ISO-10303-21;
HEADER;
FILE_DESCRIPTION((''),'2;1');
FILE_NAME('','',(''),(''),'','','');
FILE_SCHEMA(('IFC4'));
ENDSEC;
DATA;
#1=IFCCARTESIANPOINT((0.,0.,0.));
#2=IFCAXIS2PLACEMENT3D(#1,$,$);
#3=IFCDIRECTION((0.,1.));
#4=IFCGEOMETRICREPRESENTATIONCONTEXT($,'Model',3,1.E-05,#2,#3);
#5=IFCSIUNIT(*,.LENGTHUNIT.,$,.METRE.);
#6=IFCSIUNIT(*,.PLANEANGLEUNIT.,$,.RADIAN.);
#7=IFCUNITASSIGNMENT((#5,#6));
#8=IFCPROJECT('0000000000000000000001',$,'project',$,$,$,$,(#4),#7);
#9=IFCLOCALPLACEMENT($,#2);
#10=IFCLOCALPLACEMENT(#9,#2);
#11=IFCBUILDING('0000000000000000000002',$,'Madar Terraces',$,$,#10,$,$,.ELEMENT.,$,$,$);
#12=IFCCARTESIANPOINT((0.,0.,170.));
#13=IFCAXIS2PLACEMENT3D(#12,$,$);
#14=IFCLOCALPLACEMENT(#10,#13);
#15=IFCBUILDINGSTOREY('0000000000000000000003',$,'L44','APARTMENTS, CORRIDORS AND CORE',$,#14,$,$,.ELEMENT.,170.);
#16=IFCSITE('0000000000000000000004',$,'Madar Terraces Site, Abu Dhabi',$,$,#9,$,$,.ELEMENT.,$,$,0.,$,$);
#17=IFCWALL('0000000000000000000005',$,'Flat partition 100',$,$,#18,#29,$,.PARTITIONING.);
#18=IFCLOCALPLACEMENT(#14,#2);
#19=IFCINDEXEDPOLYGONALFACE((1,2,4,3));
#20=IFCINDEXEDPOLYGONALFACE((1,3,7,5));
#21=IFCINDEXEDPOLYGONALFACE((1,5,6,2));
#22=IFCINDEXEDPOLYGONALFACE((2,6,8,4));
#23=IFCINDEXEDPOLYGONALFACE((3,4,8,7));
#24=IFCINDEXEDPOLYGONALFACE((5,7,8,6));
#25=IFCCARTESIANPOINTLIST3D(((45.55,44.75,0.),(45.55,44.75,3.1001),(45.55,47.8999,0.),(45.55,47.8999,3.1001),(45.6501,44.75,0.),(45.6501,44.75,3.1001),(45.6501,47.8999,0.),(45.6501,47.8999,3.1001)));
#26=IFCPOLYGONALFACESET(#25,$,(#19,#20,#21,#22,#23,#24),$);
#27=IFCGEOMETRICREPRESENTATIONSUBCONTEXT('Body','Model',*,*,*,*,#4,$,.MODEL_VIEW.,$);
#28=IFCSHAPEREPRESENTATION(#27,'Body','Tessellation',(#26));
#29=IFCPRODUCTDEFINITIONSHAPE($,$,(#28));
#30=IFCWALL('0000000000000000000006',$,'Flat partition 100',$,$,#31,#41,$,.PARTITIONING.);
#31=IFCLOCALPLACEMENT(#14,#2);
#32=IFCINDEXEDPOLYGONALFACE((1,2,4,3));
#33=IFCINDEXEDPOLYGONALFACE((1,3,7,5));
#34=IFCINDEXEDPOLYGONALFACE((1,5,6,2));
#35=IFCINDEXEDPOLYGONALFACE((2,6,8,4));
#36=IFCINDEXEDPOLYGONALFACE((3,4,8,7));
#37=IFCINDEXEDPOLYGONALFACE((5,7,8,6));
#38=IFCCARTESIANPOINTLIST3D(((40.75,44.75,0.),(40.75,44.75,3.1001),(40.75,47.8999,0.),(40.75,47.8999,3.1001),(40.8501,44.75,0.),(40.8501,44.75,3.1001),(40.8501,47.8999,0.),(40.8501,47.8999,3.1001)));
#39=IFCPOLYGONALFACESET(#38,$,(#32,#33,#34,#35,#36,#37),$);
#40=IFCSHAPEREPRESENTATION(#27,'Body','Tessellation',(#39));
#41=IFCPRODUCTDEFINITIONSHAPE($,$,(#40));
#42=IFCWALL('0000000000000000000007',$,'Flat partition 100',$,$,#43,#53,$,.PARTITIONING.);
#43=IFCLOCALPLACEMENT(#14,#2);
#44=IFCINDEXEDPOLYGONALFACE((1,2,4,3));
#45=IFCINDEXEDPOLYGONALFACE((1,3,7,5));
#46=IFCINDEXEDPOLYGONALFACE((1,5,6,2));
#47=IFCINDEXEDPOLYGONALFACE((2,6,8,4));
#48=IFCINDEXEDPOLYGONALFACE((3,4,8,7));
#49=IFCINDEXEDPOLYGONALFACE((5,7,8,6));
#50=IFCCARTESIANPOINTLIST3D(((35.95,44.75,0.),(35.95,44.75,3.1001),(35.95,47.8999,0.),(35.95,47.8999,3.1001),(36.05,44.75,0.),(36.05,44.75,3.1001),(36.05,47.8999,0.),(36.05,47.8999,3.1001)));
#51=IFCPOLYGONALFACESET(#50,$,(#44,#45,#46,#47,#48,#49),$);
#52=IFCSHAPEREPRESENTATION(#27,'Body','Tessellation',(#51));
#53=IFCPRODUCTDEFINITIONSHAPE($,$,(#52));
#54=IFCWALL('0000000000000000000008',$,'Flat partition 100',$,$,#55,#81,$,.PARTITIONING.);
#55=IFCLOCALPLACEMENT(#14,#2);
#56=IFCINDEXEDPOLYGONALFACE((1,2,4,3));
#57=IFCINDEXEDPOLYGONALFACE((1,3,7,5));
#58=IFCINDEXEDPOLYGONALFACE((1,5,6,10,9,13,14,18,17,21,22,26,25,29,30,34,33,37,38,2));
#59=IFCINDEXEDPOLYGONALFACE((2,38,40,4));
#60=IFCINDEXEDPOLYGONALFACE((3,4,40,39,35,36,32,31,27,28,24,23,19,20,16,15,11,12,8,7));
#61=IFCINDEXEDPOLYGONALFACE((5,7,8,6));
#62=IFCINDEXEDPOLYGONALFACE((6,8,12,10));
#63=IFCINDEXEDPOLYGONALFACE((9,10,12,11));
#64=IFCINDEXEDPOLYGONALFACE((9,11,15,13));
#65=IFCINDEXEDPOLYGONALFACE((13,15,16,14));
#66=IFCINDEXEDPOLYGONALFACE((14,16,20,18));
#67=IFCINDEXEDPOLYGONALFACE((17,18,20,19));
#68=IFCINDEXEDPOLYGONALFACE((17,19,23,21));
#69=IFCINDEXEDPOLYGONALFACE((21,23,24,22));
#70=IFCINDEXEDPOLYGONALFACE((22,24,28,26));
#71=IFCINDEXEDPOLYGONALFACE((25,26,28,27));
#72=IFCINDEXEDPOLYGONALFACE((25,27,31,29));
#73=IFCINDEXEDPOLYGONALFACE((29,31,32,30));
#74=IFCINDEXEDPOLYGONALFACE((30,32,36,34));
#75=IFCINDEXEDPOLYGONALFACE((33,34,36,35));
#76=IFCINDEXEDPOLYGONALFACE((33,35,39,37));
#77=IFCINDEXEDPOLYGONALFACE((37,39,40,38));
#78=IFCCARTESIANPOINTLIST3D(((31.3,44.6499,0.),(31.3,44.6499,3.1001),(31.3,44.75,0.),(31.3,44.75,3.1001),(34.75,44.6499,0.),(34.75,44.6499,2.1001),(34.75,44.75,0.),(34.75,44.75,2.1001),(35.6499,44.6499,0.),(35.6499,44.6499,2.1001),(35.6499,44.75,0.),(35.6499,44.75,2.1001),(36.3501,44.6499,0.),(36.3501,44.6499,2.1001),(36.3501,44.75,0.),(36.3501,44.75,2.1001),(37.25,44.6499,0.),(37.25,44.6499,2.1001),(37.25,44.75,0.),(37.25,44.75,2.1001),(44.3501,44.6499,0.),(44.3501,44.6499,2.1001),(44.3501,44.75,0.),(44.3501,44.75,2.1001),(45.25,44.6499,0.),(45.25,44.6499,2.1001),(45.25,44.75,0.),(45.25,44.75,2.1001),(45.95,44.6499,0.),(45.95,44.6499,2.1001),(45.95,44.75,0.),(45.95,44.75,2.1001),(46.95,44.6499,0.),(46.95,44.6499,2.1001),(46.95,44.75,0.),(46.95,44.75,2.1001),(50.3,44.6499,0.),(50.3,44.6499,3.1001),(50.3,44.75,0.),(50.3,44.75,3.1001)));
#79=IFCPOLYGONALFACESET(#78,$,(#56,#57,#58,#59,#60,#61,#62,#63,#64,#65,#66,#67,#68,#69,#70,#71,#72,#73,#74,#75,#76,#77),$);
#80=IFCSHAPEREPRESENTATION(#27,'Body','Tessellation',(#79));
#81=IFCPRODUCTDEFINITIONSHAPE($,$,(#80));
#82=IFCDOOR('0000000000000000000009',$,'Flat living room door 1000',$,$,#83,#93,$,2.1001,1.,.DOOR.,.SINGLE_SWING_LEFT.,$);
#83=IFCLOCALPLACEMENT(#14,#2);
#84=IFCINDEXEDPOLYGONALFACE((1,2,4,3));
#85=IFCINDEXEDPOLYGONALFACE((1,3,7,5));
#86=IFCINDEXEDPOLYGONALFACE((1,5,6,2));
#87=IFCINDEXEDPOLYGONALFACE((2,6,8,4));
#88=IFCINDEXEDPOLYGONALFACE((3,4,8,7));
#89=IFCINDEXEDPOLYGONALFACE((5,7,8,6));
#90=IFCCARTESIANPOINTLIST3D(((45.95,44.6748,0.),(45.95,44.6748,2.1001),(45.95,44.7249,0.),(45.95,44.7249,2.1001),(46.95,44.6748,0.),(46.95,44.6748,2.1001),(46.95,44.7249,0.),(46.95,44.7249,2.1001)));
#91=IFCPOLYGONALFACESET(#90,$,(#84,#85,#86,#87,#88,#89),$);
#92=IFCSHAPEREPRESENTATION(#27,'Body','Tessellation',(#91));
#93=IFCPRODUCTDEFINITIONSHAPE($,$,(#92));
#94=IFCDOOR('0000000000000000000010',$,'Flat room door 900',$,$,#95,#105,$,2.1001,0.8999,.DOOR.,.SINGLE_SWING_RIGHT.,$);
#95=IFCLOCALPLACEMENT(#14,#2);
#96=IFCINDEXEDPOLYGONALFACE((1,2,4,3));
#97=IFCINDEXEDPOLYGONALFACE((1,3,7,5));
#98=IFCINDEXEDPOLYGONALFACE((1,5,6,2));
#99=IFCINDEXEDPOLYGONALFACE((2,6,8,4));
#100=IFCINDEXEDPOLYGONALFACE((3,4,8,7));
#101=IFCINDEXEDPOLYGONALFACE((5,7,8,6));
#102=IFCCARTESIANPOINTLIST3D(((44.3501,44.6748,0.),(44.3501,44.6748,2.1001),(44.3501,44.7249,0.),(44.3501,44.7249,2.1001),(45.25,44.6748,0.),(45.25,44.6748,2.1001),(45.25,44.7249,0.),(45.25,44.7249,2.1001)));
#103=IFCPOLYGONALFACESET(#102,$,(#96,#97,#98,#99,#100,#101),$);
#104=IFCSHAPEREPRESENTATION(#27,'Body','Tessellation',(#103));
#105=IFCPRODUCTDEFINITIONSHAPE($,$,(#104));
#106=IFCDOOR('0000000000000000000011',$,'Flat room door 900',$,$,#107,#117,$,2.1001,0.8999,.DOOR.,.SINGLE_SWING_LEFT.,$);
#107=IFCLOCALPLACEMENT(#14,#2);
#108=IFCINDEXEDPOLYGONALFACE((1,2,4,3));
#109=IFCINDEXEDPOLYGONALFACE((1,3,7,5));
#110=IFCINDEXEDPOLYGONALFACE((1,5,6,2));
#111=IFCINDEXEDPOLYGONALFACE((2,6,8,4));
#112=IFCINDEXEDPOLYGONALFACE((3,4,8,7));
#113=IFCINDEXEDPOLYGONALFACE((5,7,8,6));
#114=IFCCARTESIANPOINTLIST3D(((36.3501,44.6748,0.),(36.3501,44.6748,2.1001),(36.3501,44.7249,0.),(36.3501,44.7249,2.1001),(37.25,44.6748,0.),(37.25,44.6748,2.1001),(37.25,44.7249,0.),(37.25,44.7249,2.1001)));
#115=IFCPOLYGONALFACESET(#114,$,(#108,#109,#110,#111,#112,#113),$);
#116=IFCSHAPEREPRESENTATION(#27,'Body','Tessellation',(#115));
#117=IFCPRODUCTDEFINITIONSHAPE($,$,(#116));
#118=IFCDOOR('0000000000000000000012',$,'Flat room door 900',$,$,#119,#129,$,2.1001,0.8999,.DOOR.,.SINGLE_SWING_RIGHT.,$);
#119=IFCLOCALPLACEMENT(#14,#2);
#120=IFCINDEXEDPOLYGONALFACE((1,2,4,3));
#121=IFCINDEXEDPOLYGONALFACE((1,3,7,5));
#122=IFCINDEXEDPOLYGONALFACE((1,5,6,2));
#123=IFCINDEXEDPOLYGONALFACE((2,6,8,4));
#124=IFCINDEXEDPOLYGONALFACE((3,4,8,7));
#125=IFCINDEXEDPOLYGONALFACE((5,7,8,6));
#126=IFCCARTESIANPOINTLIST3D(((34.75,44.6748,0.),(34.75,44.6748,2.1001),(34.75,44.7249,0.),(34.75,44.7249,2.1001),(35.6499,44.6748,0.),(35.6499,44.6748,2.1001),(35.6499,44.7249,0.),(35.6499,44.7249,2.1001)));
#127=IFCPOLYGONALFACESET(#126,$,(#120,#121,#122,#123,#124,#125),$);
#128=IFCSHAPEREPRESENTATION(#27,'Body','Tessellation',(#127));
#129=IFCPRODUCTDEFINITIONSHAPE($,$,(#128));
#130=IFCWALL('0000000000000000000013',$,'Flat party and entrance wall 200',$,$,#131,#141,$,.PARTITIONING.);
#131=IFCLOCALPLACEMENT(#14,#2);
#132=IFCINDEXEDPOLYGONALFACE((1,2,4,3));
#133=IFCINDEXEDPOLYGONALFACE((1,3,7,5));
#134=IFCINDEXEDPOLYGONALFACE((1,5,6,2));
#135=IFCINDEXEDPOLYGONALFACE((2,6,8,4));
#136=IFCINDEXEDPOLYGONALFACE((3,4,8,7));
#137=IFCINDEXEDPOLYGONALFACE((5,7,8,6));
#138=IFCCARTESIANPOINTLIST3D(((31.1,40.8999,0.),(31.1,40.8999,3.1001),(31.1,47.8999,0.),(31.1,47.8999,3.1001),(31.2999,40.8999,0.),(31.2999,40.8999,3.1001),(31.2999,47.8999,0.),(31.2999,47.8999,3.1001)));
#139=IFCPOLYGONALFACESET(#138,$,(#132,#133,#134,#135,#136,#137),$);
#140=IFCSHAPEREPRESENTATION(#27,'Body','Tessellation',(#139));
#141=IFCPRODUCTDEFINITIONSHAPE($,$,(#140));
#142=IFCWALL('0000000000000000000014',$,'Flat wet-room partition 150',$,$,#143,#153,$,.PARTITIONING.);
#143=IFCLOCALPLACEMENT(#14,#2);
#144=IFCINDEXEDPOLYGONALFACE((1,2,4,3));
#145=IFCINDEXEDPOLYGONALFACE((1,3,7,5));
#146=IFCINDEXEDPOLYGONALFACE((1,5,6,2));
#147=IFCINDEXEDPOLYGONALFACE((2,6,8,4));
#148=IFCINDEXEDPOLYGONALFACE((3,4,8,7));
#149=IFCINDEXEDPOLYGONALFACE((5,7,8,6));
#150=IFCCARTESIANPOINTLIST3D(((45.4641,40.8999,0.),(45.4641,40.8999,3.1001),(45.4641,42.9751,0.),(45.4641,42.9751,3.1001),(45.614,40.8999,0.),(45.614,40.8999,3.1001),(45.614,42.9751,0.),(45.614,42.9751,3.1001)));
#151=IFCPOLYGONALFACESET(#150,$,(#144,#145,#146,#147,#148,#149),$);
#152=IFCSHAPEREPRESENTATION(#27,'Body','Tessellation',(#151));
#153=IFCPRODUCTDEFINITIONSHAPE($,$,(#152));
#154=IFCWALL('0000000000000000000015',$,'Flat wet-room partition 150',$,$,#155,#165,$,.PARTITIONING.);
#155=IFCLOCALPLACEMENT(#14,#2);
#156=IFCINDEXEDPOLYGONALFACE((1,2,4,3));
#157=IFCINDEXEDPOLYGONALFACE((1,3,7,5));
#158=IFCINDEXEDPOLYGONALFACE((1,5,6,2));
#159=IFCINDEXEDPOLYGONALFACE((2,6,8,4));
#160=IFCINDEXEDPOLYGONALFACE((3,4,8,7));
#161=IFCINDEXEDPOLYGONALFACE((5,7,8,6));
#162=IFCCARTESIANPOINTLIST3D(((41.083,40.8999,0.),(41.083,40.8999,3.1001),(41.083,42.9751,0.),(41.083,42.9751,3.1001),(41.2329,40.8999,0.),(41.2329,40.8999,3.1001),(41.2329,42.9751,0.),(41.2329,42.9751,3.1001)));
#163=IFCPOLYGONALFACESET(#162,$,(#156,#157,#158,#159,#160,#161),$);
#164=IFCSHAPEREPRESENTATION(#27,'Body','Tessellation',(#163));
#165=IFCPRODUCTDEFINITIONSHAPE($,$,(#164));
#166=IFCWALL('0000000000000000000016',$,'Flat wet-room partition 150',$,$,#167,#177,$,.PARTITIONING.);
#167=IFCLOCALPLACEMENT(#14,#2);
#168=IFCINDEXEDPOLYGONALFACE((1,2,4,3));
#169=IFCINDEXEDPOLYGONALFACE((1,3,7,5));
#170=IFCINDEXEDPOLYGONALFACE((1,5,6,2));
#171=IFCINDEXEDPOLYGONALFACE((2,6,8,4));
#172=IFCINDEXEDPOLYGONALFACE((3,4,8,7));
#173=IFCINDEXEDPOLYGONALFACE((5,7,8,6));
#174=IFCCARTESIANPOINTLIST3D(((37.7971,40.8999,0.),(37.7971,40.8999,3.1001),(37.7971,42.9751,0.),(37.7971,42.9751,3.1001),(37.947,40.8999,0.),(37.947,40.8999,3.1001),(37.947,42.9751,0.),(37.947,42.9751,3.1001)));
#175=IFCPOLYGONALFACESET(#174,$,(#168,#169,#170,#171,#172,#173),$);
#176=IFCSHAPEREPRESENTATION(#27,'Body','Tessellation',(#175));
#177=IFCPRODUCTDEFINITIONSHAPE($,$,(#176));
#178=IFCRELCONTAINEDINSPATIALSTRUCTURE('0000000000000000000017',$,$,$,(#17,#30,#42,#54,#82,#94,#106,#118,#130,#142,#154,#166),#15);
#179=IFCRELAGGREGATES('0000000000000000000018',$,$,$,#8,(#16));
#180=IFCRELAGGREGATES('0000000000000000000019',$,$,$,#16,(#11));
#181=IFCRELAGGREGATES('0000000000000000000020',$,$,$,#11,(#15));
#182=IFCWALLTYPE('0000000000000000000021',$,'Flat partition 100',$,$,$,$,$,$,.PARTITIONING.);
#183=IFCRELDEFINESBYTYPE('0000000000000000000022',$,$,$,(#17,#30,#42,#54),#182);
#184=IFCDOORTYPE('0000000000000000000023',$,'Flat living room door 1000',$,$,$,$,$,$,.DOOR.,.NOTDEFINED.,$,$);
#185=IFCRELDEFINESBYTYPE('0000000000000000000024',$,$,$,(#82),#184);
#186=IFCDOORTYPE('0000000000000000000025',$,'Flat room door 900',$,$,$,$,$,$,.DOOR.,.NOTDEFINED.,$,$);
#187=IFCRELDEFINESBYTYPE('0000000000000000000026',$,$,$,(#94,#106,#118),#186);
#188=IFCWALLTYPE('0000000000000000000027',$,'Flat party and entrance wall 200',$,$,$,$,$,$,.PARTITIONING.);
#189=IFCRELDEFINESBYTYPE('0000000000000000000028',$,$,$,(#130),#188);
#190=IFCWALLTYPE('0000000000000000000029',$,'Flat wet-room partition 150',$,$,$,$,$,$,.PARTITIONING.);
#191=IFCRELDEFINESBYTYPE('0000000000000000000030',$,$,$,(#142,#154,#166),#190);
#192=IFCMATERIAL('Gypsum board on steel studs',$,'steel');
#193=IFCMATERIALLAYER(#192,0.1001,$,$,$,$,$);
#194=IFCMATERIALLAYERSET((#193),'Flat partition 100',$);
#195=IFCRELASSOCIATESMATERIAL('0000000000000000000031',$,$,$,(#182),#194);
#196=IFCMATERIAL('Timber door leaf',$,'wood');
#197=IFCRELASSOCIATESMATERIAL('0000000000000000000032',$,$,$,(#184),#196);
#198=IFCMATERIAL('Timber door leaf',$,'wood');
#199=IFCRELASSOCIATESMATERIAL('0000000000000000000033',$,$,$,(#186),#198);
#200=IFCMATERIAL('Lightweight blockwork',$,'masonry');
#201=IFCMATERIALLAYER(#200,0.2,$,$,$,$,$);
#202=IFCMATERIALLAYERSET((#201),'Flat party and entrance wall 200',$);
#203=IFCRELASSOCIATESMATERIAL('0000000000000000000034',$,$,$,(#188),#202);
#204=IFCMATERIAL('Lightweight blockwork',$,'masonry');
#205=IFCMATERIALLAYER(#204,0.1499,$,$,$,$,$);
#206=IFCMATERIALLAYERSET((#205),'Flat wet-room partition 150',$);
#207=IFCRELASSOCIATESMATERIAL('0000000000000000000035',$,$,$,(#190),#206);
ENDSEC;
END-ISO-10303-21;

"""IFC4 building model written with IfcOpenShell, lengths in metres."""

from ifc_helpers import new_model, si_unit, direction, frame, frame_2d, origin, place, context, subcontext, project, spatial, rectangle, extrude, material, layer, layer_set, type_object, element, fill, save


model = new_model("IFC4")

# Units and contexts
model_context = context("Model", 3, precision=1e-05, world=origin(), true_north=direction((0.0, 1.0)))
body_context = subcontext(model_context, "Body", "Model", "MODEL_VIEW")
ifc_project = project(units=[si_unit("LENGTHUNIT", "METRE"), si_unit("PLANEANGLEUNIT", "RADIAN")], contexts=[model_context])

# Site, building, storey
site_placement = place(None, origin())
site = spatial("IfcSite", under=ifc_project, at=site_placement, Name="Madar Terraces Site, Abu Dhabi", CompositionType="ELEMENT", RefElevation=0.0)
building_placement = place(site_placement, origin())
building = spatial("IfcBuilding", under=site, at=building_placement, Name="Madar Terraces", CompositionType="ELEMENT")
storey_placement = place(building_placement, frame((0.0, 0.0, 170.0)))
storey = spatial("IfcBuildingStorey", under=building, at=storey_placement, Name="L44", Description="APARTMENTS, CORRIDORS AND CORE", CompositionType="ELEMENT", Elevation=170.0)

# Walls
ifc_material_1 = material(Name="Gypsum board on steel studs", Category="steel")
ifc_layer_1 = layer(ifc_material_1, 0.1001)
ifc_layer_set_1 = layer_set([ifc_layer_1], Name="Flat partition 100")
wall_type_1 = type_object("IfcWallType", Name="Flat partition 100", PredefinedType="PARTITIONING", material=ifc_layer_set_1)
for number, where, z_axis, x_axis, name in (
    (1, (45.6001, 44.75, 0.0), (0.0, 0.0, 1.0), (0.0, 1.0, 0.0), "Flat partition 100"),
    (2, (40.8, 44.75, 0.0), (0.0, 0.0, 1.0), (0.0, 1.0, 0.0), "Flat partition 100"),
    (3, (36.0, 44.75, 0.0), (0.0, 0.0, 1.0), (0.0, 1.0, 0.0), "Flat partition 100"),
):
    element("IfcWall", number, at=place(storey_placement, frame(where, z_axis=z_axis, x_axis=x_axis)), inside=storey, type_object=wall_type_1, Name=name, PredefinedType="PARTITIONING", context=body_context, shape_type="SweptSolid", body=[
        extrude(rectangle(XDim=3.1499, YDim=0.1001, at=frame_2d((1.575, 0.0))), origin(), (0.0, 0.0, 1.0), 3.1001),
    ])

# Wall, openings, doors
wall_1_placement = place(storey_placement, frame((31.3, 44.7, 0.0), z_axis=(0.0, 0.0, 1.0), x_axis=(1.0, 0.0, 0.0)))
wall_1 = element("IfcWall", 4, at=wall_1_placement, inside=storey, type_object=wall_type_1, Name="Flat partition 100", PredefinedType="PARTITIONING", context=body_context, shape_type="SweptSolid", body=[
    extrude(rectangle(XDim=19.0, YDim=0.1001, at=frame_2d((9.5, 0.0))), origin(), (0.0, 0.0, 1.0), 3.1001),
])
opening_1_placement = place(wall_1_placement, frame((14.6499, 0.0, 0.0)))
opening_1 = element("IfcOpeningElement", 5, at=opening_1_placement, cuts=wall_1, PredefinedType="OPENING", context=body_context, shape_type="SweptSolid", body=[
    extrude(rectangle(XDim=1.0, YDim=2.1001, at=frame_2d((0.5, 1.05))), frame((0.0, 0.0601, 0.0), z_axis=(0.0, -1.0, 0.0), x_axis=(1.0, 0.0, 0.0)), (0.0, 0.0, 1.0), 0.1201),
])
opening_2_placement = place(wall_1_placement, frame((13.05, 0.0, 0.0)))
opening_2 = element("IfcOpeningElement", 6, at=opening_2_placement, cuts=wall_1, PredefinedType="OPENING", context=body_context, shape_type="SweptSolid", body=[
    extrude(rectangle(XDim=0.8999, YDim=2.1001, at=frame_2d((0.45, 1.05))), frame((0.0, 0.0601, 0.0), z_axis=(0.0, -1.0, 0.0), x_axis=(1.0, 0.0, 0.0)), (0.0, 0.0, 1.0), 0.1201),
])
opening_3_placement = place(wall_1_placement, frame((5.05, 0.0, 0.0)))
opening_3 = element("IfcOpeningElement", 7, at=opening_3_placement, cuts=wall_1, PredefinedType="OPENING", context=body_context, shape_type="SweptSolid", body=[
    extrude(rectangle(XDim=0.8999, YDim=2.1001, at=frame_2d((0.45, 1.05))), frame((0.0, 0.0601, 0.0), z_axis=(0.0, -1.0, 0.0), x_axis=(1.0, 0.0, 0.0)), (0.0, 0.0, 1.0), 0.1201),
])
opening_4_placement = place(wall_1_placement, frame((3.45, 0.0, 0.0)))
opening_4 = element("IfcOpeningElement", 8, at=opening_4_placement, cuts=wall_1, PredefinedType="OPENING", context=body_context, shape_type="SweptSolid", body=[
    extrude(rectangle(XDim=0.8999, YDim=2.1001, at=frame_2d((0.45, 1.05))), frame((0.0, 0.0601, 0.0), z_axis=(0.0, -1.0, 0.0), x_axis=(1.0, 0.0, 0.0)), (0.0, 0.0, 1.0), 0.1201),
])
ifc_material_2 = material(Name="Timber door leaf", Category="wood")
door_type_1 = type_object("IfcDoorType", Name="Flat living room door 1000", OperationType="NOTDEFINED", PredefinedType="DOOR", material=ifc_material_2)
door_1_placement = place(opening_1_placement, origin())
door_1 = element("IfcDoor", 9, at=door_1_placement, inside=storey, type_object=door_type_1, Name="Flat living room door 1000", OperationType="SINGLE_SWING_LEFT", OverallHeight=2.1001, OverallWidth=1.0, PredefinedType="DOOR", context=body_context, shape_type="SweptSolid", body=[
    extrude(rectangle(XDim=1.0, YDim=2.1001, at=frame_2d((0.5, 1.05))), frame((0.0, 0.0249, 0.0), z_axis=(0.0, -1.0, 0.0), x_axis=(1.0, 0.0, 0.0)), (0.0, 0.0, 1.0), 0.05),
])
fill(opening_1, door_1)
ifc_material_3 = material(Name="Timber door leaf", Category="wood")
door_type_2 = type_object("IfcDoorType", Name="Flat room door 900", OperationType="NOTDEFINED", PredefinedType="DOOR", material=ifc_material_3)
door_2_placement = place(opening_2_placement, origin())
door_2 = element("IfcDoor", 10, at=door_2_placement, inside=storey, type_object=door_type_2, Name="Flat room door 900", OperationType="SINGLE_SWING_RIGHT", OverallHeight=2.1001, OverallWidth=0.8999, PredefinedType="DOOR", context=body_context, shape_type="SweptSolid", body=[
    extrude(rectangle(XDim=0.8999, YDim=2.1001, at=frame_2d((0.45, 1.05))), frame((0.0, 0.0249, 0.0), z_axis=(0.0, -1.0, 0.0), x_axis=(1.0, 0.0, 0.0)), (0.0, 0.0, 1.0), 0.05),
])
fill(opening_2, door_2)
door_3_placement = place(opening_3_placement, origin())
door_3 = element("IfcDoor", 11, at=door_3_placement, inside=storey, type_object=door_type_2, Name="Flat room door 900", OperationType="SINGLE_SWING_LEFT", OverallHeight=2.1001, OverallWidth=0.8999, PredefinedType="DOOR", context=body_context, shape_type="SweptSolid", body=[
    extrude(rectangle(XDim=0.8999, YDim=2.1001, at=frame_2d((0.45, 1.05))), frame((0.0, 0.0249, 0.0), z_axis=(0.0, -1.0, 0.0), x_axis=(1.0, 0.0, 0.0)), (0.0, 0.0, 1.0), 0.05),
])
fill(opening_3, door_3)
door_4_placement = place(opening_4_placement, origin())
door_4 = element("IfcDoor", 12, at=door_4_placement, inside=storey, type_object=door_type_2, Name="Flat room door 900", OperationType="SINGLE_SWING_RIGHT", OverallHeight=2.1001, OverallWidth=0.8999, PredefinedType="DOOR", context=body_context, shape_type="SweptSolid", body=[
    extrude(rectangle(XDim=0.8999, YDim=2.1001, at=frame_2d((0.45, 1.05))), frame((0.0, 0.0249, 0.0), z_axis=(0.0, -1.0, 0.0), x_axis=(1.0, 0.0, 0.0)), (0.0, 0.0, 1.0), 0.05),
])
fill(opening_4, door_4)

# Walls
ifc_material_4 = material(Name="Lightweight blockwork", Category="masonry")
ifc_layer_2 = layer(ifc_material_4, 0.2)
ifc_layer_set_2 = layer_set([ifc_layer_2], Name="Flat party and entrance wall 200")
wall_type_2 = type_object("IfcWallType", Name="Flat party and entrance wall 200", PredefinedType="PARTITIONING", material=ifc_layer_set_2)
wall_2_placement = place(storey_placement, frame((31.2, 47.8999, 0.0), z_axis=(0.0, 0.0, 1.0), x_axis=(0.0, -1.0, 0.0)))
element("IfcWall", 13, at=wall_2_placement, inside=storey, type_object=wall_type_2, Name="Flat party and entrance wall 200", PredefinedType="PARTITIONING", context=body_context, shape_type="SweptSolid", body=[
    extrude(rectangle(XDim=7.0, YDim=0.2, at=frame_2d((3.5, 0.0))), origin(), (0.0, 0.0, 1.0), 3.1001),
])
ifc_material_5 = material(Name="Lightweight blockwork", Category="masonry")
ifc_layer_3 = layer(ifc_material_5, 0.1499)
ifc_layer_set_3 = layer_set([ifc_layer_3], Name="Flat wet-room partition 150")
wall_type_3 = type_object("IfcWallType", Name="Flat wet-room partition 150", PredefinedType="PARTITIONING", material=ifc_layer_set_3)
for number, where, z_axis, x_axis, name in (
    (14, (45.5391, 40.8999, 0.0), (0.0, 0.0, 1.0), (0.0, 1.0, 0.0), "Flat wet-room partition 150"),
    (15, (41.158, 40.8999, 0.0), (0.0, 0.0, 1.0), (0.0, 1.0, 0.0), "Flat wet-room partition 150"),
    (16, (37.8721, 40.8999, 0.0), (0.0, 0.0, 1.0), (0.0, 1.0, 0.0), "Flat wet-room partition 150"),
):
    element("IfcWall", number, at=place(storey_placement, frame(where, z_axis=z_axis, x_axis=x_axis)), inside=storey, type_object=wall_type_3, Name=name, PredefinedType="PARTITIONING", context=body_context, shape_type="SweptSolid", body=[
        extrude(rectangle(XDim=2.0752, YDim=0.1499, at=frame_2d((1.0376, 0.0))), origin(), (0.0, 0.0, 1.0), 3.1001),
    ])

save(model, "model.ifc")
